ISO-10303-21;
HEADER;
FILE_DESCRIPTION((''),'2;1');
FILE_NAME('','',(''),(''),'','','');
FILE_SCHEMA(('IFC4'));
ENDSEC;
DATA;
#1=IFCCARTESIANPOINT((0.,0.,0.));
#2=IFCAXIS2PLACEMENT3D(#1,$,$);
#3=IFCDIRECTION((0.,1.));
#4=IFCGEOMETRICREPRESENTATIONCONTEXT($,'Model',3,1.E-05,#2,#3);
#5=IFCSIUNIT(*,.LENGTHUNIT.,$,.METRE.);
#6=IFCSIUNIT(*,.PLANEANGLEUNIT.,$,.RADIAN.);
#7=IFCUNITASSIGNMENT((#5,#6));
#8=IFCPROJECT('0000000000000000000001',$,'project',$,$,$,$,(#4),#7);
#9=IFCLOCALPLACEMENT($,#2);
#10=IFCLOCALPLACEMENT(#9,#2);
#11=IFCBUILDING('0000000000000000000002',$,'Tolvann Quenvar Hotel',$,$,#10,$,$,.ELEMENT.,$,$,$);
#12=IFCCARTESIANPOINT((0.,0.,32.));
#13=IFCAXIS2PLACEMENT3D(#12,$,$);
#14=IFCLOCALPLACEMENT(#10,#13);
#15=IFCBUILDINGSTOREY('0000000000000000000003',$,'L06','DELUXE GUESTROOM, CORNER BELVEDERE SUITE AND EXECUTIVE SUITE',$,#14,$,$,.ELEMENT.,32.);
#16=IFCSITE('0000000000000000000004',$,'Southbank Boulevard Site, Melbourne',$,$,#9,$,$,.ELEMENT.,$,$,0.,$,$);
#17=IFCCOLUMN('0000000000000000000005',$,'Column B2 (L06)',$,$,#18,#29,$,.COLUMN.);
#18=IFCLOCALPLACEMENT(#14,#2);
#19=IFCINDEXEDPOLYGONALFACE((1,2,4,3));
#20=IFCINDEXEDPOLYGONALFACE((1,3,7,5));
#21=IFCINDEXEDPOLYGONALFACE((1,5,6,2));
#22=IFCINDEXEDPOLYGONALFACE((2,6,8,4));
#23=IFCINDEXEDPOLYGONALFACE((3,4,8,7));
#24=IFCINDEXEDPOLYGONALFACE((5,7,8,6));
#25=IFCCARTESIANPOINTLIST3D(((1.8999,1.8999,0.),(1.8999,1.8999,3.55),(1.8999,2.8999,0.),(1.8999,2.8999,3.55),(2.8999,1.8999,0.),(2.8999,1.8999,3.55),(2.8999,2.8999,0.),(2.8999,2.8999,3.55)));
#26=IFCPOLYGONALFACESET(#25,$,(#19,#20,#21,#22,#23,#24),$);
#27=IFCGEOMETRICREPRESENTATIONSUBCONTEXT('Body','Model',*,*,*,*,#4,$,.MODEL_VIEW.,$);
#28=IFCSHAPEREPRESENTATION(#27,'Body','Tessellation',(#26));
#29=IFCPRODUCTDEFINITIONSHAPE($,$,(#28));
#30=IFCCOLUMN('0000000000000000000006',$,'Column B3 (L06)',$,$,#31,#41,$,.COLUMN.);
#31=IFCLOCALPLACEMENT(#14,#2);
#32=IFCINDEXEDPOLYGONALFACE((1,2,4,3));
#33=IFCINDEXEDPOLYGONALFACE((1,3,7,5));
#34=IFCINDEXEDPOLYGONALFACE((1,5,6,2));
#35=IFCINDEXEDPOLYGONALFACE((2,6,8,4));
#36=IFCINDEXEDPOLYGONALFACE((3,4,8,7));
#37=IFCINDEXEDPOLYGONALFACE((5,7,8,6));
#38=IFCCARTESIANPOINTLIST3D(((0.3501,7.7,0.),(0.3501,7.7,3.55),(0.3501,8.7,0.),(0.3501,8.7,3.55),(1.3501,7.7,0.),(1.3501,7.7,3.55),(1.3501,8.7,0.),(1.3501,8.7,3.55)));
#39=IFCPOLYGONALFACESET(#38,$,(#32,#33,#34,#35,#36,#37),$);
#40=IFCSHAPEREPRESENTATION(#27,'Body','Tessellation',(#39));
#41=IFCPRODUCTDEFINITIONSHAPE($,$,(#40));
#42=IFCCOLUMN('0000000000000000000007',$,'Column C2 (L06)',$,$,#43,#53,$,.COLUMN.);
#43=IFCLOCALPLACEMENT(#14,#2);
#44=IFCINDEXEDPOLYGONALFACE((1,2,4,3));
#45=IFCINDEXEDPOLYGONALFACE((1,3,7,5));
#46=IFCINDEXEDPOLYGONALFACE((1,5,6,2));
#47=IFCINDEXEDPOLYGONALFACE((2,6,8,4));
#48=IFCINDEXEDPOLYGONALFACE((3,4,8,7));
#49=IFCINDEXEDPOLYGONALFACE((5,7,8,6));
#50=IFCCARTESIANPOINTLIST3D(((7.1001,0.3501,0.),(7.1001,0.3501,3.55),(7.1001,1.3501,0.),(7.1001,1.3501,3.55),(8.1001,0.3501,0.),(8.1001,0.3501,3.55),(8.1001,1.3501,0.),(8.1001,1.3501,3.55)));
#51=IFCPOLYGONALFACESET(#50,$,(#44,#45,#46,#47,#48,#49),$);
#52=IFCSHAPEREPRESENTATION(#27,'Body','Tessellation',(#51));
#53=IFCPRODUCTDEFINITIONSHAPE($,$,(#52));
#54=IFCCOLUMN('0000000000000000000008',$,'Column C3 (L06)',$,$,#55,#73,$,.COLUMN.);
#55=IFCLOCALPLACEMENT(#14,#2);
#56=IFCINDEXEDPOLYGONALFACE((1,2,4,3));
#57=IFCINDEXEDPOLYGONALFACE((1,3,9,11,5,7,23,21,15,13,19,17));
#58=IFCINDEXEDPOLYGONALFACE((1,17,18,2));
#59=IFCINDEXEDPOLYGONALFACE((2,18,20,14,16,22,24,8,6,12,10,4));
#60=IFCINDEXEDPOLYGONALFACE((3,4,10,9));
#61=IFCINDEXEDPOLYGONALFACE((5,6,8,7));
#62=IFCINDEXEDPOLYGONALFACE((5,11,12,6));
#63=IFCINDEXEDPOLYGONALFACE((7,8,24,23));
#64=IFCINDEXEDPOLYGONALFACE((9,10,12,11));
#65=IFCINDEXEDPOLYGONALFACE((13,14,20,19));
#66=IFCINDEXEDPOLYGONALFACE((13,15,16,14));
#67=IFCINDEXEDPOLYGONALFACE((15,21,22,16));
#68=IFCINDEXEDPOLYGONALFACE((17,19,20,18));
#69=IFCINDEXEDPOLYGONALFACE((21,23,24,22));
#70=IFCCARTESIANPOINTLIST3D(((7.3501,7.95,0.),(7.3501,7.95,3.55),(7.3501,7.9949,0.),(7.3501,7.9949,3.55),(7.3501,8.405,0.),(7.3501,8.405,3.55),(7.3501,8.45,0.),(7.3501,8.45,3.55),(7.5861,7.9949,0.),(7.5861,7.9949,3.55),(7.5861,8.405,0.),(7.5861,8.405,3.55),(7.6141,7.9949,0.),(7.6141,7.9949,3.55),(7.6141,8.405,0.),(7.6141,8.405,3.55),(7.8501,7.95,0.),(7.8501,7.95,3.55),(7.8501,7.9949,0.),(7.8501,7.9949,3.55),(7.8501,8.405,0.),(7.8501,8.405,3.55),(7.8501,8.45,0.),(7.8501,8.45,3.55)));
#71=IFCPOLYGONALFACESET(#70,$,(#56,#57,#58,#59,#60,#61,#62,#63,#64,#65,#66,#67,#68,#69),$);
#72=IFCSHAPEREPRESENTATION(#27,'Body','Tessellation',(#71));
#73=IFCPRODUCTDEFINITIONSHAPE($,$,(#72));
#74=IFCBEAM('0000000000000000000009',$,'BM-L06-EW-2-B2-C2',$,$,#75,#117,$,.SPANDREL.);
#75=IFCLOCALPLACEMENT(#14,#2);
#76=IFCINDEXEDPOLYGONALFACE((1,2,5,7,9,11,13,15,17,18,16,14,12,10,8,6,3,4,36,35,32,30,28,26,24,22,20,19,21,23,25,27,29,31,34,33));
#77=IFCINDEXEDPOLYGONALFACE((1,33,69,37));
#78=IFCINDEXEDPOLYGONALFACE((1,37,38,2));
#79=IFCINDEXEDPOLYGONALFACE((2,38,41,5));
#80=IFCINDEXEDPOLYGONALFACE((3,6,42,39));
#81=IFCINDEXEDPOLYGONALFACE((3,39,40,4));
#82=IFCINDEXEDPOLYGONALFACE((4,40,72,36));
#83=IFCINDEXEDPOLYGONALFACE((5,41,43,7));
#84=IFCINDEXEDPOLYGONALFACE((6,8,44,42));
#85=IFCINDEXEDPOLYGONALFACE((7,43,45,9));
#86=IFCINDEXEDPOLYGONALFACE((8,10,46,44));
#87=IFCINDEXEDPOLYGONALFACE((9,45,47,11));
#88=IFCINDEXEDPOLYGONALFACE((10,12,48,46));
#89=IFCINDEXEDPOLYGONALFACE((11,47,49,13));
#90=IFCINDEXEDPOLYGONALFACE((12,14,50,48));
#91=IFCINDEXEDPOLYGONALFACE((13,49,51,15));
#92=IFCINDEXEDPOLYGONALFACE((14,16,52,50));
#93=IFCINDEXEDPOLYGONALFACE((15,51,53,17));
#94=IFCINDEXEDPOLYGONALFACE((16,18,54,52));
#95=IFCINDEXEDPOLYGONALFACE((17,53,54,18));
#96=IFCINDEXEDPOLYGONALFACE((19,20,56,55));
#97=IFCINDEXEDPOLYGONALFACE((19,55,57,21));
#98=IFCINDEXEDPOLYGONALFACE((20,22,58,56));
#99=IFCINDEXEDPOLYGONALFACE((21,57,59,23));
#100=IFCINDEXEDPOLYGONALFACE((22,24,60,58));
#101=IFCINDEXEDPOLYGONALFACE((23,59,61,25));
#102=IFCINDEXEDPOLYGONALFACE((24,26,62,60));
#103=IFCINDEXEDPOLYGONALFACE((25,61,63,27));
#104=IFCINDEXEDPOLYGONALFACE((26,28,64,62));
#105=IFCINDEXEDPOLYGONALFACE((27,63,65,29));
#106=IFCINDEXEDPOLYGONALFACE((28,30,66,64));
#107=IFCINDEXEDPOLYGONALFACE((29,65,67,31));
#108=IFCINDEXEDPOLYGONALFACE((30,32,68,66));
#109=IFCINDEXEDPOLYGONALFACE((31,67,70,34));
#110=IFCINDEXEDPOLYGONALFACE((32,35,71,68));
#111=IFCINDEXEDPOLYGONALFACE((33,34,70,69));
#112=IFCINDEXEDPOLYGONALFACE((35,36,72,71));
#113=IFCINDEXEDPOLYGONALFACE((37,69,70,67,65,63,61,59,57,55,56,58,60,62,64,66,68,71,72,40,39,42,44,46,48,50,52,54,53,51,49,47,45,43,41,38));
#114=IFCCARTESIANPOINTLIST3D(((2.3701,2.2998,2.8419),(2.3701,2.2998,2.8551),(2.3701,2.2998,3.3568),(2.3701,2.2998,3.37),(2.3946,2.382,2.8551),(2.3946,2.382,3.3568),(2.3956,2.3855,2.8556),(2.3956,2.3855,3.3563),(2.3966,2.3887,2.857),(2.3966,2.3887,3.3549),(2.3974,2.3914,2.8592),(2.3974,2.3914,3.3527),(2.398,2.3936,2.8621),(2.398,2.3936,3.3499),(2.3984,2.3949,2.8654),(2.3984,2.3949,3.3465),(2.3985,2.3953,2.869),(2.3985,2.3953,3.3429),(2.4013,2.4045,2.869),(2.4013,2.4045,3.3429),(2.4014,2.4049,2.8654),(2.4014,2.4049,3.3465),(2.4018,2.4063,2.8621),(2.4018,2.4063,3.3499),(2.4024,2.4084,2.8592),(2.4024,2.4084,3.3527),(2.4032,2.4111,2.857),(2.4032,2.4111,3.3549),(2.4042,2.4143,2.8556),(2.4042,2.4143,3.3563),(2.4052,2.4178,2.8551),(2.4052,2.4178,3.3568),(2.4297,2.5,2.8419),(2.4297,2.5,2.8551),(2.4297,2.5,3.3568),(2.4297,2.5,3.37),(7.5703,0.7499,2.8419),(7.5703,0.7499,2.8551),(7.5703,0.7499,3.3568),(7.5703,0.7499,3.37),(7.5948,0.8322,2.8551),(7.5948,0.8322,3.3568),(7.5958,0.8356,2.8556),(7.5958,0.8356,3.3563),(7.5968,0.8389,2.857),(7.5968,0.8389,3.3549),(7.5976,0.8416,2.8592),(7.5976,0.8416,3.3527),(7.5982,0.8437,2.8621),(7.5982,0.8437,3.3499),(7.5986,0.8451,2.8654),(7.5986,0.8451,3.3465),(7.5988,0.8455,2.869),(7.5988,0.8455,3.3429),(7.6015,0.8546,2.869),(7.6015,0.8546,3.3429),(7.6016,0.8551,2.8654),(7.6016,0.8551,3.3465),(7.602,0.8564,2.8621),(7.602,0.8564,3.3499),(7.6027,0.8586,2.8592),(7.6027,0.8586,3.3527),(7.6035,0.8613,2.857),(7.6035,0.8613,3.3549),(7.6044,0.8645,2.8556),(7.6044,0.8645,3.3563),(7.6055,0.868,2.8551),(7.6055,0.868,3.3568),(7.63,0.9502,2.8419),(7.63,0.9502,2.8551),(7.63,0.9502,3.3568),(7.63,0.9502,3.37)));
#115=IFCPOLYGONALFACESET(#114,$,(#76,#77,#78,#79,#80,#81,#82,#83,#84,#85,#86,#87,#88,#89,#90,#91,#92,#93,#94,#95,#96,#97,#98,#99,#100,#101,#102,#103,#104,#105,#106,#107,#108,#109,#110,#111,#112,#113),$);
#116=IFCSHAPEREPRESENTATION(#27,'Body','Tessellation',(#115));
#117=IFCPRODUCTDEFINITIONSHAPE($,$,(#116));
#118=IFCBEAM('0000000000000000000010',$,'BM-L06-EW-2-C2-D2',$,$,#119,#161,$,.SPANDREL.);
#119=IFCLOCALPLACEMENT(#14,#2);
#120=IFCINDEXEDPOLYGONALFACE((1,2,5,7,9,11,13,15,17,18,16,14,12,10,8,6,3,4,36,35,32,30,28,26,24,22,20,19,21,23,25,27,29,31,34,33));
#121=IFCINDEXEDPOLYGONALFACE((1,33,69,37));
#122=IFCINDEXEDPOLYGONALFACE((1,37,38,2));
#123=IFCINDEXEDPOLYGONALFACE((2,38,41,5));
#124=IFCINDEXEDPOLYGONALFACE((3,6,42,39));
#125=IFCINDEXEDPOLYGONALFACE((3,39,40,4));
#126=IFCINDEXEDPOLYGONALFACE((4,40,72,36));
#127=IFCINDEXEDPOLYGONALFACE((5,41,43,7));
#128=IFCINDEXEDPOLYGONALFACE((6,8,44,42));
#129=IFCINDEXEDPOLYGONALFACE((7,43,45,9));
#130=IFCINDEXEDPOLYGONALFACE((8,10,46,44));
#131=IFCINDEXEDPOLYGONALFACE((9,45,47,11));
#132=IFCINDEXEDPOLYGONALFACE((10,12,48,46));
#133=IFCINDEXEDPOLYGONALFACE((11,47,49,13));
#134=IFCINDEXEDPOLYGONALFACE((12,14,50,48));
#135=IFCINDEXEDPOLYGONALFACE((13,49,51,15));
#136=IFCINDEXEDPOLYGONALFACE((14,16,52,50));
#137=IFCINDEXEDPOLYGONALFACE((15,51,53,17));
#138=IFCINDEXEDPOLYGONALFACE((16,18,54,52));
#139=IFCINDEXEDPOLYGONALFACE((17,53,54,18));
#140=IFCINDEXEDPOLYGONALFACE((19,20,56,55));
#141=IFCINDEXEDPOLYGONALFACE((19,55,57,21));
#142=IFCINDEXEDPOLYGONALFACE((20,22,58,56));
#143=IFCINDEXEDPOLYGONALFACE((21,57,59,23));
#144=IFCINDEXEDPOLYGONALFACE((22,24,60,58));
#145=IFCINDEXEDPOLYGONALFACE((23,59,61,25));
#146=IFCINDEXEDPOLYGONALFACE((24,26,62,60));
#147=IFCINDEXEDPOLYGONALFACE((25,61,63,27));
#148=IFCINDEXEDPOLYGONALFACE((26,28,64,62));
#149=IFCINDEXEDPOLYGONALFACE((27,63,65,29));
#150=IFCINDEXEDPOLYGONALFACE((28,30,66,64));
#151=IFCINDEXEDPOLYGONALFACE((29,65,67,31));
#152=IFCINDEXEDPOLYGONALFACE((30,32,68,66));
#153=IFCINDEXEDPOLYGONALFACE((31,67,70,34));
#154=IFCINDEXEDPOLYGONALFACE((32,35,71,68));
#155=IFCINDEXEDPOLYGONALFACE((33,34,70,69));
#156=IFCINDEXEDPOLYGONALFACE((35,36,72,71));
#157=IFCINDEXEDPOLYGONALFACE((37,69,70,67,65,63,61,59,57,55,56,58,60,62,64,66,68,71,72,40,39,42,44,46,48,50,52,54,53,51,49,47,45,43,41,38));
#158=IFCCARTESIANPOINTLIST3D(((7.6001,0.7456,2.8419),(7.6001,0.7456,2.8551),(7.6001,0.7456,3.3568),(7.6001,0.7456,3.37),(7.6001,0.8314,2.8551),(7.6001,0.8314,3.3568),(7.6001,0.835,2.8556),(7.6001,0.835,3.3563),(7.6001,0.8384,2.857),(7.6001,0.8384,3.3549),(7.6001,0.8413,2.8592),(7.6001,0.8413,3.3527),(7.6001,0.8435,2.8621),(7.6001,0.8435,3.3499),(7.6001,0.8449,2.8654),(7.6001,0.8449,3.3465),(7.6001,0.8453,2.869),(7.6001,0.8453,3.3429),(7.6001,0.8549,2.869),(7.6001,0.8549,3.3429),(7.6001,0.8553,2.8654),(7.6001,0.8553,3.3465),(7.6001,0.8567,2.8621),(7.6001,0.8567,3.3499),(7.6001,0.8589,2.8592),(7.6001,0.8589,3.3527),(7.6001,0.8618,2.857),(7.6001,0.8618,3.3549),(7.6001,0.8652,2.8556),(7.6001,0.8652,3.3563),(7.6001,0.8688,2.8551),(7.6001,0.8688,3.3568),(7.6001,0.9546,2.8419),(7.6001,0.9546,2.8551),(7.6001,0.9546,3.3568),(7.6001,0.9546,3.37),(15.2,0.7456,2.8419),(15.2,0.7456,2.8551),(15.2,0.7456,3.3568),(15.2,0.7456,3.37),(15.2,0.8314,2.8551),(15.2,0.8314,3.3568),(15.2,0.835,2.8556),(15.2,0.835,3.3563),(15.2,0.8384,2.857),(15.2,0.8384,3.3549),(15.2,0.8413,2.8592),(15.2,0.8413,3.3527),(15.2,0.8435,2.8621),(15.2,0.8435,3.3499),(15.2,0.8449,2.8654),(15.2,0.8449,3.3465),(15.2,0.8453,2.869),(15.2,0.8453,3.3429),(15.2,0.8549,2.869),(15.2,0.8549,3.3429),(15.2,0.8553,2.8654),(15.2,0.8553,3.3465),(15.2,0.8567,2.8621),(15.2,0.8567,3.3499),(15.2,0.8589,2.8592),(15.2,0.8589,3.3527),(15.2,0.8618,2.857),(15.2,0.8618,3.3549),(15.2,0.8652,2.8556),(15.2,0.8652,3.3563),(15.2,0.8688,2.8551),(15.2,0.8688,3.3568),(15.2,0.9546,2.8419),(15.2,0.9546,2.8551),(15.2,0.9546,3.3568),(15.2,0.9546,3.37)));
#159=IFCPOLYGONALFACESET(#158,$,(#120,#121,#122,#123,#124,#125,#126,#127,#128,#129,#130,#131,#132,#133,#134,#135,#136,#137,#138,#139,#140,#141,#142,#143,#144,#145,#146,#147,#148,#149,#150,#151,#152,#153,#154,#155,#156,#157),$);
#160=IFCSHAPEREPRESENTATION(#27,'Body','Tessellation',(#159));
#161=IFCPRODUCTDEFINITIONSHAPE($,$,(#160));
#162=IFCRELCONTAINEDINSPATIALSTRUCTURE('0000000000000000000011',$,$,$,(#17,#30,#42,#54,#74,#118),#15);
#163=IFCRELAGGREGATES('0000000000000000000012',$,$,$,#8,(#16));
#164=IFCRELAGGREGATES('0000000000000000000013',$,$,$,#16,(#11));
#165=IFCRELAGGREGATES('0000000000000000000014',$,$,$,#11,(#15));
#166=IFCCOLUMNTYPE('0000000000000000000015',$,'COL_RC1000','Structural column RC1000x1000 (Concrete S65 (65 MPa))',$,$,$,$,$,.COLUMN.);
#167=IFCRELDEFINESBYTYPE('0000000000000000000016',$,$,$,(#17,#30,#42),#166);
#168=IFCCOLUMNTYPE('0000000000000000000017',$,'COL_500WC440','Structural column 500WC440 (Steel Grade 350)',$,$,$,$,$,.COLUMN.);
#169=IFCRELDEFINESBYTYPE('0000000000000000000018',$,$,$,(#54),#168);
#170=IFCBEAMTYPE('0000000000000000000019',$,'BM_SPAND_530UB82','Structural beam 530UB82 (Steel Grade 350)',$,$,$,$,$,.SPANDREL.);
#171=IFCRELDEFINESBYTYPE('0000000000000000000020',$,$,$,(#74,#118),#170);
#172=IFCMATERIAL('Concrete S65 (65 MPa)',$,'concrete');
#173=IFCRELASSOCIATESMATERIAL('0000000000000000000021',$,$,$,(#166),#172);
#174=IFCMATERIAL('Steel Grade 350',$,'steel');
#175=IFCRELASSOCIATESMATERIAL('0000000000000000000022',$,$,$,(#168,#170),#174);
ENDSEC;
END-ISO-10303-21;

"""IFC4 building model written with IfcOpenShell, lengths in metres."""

from ifc_helpers import new_model, si_unit, direction, frame, origin, origin_2d, place, context, subcontext, project, spatial, rectangle, i_section, extrude, source, transform, mapped, material, material_profile, profile_set, type_object, type_shapes, element, save


model = new_model("IFC4")

# Units and contexts
model_context = context("Model", 3, precision=1e-05, world=origin(), true_north=direction((0.0, 1.0)))
body_context = subcontext(model_context, "Body", "Model", "MODEL_VIEW")
ifc_project = project(units=[si_unit("LENGTHUNIT", "METRE"), si_unit("PLANEANGLEUNIT", "RADIAN")], contexts=[model_context])

# Site, building, storey
site_placement = place(None, origin())
site = spatial("IfcSite", under=ifc_project, at=site_placement, Name="Southbank Boulevard Site, Melbourne", CompositionType="ELEMENT", RefElevation=0.0)
building_placement = place(site_placement, origin())
building = spatial("IfcBuilding", under=site, at=building_placement, Name="Tolvann Quenvar Hotel", CompositionType="ELEMENT")
storey_placement = place(building_placement, frame((0.0, 0.0, 32.0)))
storey = spatial("IfcBuildingStorey", under=building, at=storey_placement, Name="L06", Description="DELUXE GUESTROOM, CORNER BELVEDERE SUITE AND EXECUTIVE SUITE", CompositionType="ELEMENT", Elevation=32.0)

# Columns
ifc_material_1 = material(Name="Concrete S65 (65 MPa)", Category="concrete")
ifc_material_profile_1 = material_profile(ifc_material_1, rectangle(XDim=1.0, YDim=1.0, at=origin_2d()), Name="RC1000x1000")
ifc_profile_set_1 = profile_set([ifc_material_profile_1], Name="Concrete S65 (65 MPa)")
column_type_1 = type_object("IfcColumnType", Name="COL_RC1000", Description="Structural column RC1000x1000 (Concrete S65 (65 MPa))", PredefinedType="COLUMN", material=ifc_profile_set_1)
shared_shape_1 = source(origin(), body_context, "Body", "SweptSolid", [
    extrude(rectangle(XDim=1.0, YDim=1.0, at=origin_2d()), origin(), (0.0, 0.0, 1.0), 3.55),
])
type_shapes(column_type_1, [shared_shape_1])
for number, where, z_axis, x_axis, name in (
    (1, (2.3999, 2.3999, 0.0), (0.0, 0.0, 1.0), (1.0, 0.0, 0.0), "Column B2 (L06)"),
    (2, (0.8501, 8.2, 0.0), (0.0, 0.0, 1.0), (1.0, 0.0, 0.0), "Column B3 (L06)"),
    (3, (7.6001, 0.8501, 0.0), (0.0, 0.0, 1.0), (1.0, 0.0, 0.0), "Column C2 (L06)"),
):
    element("IfcColumn", number, at=place(storey_placement, frame(where, z_axis=z_axis, x_axis=x_axis)), inside=storey, type_object=column_type_1, Name=name, PredefinedType="COLUMN", context=body_context, shape_type="MappedRepresentation", body=[
        mapped(shared_shape_1, transform((0.0, 0.0, 0.0), x_axis=(1.0, 0.0, 0.0), y_axis=(0.0, 1.0, 0.0), z_axis=(0.0, 0.0, 1.0), scale=1.0)),
    ])
ifc_material_2 = material(Name="Steel Grade 350", Category="steel")
ifc_material_profile_2 = material_profile(ifc_material_2, i_section(OverallWidth=0.5, OverallDepth=0.5, WebThickness=0.0281, FlangeThickness=0.0449, at=origin_2d()), Name="500WC440")
ifc_profile_set_2 = profile_set([ifc_material_profile_2], Name="Steel Grade 350")
column_type_2 = type_object("IfcColumnType", Name="COL_500WC440", Description="Structural column 500WC440 (Steel Grade 350)", PredefinedType="COLUMN", material=ifc_profile_set_2)
shared_shape_2 = source(origin(), body_context, "Body", "SweptSolid", [
    extrude(i_section(OverallWidth=0.5, OverallDepth=0.5, WebThickness=0.0281, FlangeThickness=0.0449, at=origin_2d()), origin(), (0.0, 0.0, 1.0), 3.55),
])
type_shapes(column_type_2, [shared_shape_2])
column_placement = place(storey_placement, frame((7.6001, 8.2, 0.0), z_axis=(0.0, 0.0, 1.0), x_axis=(1.0, 0.0, 0.0)))
element("IfcColumn", 4, at=column_placement, inside=storey, type_object=column_type_2, Name="Column C3 (L06)", PredefinedType="COLUMN", context=body_context, shape_type="MappedRepresentation", body=[
    mapped(shared_shape_2, transform((0.0, 0.0, 0.0), x_axis=(1.0, 0.0, 0.0), y_axis=(0.0, 1.0, 0.0), z_axis=(0.0, 0.0, 1.0), scale=1.0)),
])

# Beams
ifc_material_profile_3 = material_profile(ifc_material_2, i_section(OverallWidth=0.209, OverallDepth=0.5281, WebThickness=0.0095, FlangeThickness=0.0132, FilletRadius=0.0139, at=origin_2d()), Name="530UB82")
ifc_profile_set_3 = profile_set([ifc_material_profile_3], Name="Steel Grade 350")
beam_type_1 = type_object("IfcBeamType", Name="BM_SPAND_530UB82", Description="Structural beam 530UB82 (Steel Grade 350)", PredefinedType="SPANDREL", material=ifc_profile_set_3)
shared_shape_3 = source(origin(), body_context, "Body", "SweptSolid", [
    extrude(i_section(OverallWidth=0.209, OverallDepth=0.5281, WebThickness=0.0095, FlangeThickness=0.0132, FilletRadius=0.0139, at=origin_2d()), origin(), (0.0, 0.0, 1.0), 5.4263),
])
beam_1_placement = place(storey_placement, frame((2.3999, 2.3999, 3.106), z_axis=(0.958345, -0.285614, 0.0), x_axis=(0.285614, 0.958345, 0.0)))
element("IfcBeam", 5, at=beam_1_placement, inside=storey, type_object=beam_type_1, Name="BM-L06-EW-2-B2-C2", PredefinedType="SPANDREL", context=body_context, shape_type="MappedRepresentation", body=[
    mapped(shared_shape_3, transform((0.0, 0.0, 0.0), x_axis=(1.0, 0.0, 0.0), y_axis=(0.0, 1.0, 0.0), z_axis=(0.0, 0.0, 1.0), scale=1.0)),
])
shared_shape_4 = source(origin(), body_context, "Body", "SweptSolid", [
    extrude(i_section(OverallWidth=0.209, OverallDepth=0.5281, WebThickness=0.0095, FlangeThickness=0.0132, FilletRadius=0.0139, at=origin_2d()), origin(), (0.0, 0.0, 1.0), 7.5999),
])
beam_2_placement = place(storey_placement, frame((7.6001, 0.8501, 3.106), z_axis=(1.0, 0.0, 0.0), x_axis=(0.0, 1.0, 0.0)))
element("IfcBeam", 6, at=beam_2_placement, inside=storey, type_object=beam_type_1, Name="BM-L06-EW-2-C2-D2", PredefinedType="SPANDREL", context=body_context, shape_type="MappedRepresentation", body=[
    mapped(shared_shape_4, transform((0.0, 0.0, 0.0), x_axis=(1.0, 0.0, 0.0), y_axis=(0.0, 1.0, 0.0), z_axis=(0.0, 0.0, 1.0), scale=1.0)),
])

save(model, "model.ifc")
